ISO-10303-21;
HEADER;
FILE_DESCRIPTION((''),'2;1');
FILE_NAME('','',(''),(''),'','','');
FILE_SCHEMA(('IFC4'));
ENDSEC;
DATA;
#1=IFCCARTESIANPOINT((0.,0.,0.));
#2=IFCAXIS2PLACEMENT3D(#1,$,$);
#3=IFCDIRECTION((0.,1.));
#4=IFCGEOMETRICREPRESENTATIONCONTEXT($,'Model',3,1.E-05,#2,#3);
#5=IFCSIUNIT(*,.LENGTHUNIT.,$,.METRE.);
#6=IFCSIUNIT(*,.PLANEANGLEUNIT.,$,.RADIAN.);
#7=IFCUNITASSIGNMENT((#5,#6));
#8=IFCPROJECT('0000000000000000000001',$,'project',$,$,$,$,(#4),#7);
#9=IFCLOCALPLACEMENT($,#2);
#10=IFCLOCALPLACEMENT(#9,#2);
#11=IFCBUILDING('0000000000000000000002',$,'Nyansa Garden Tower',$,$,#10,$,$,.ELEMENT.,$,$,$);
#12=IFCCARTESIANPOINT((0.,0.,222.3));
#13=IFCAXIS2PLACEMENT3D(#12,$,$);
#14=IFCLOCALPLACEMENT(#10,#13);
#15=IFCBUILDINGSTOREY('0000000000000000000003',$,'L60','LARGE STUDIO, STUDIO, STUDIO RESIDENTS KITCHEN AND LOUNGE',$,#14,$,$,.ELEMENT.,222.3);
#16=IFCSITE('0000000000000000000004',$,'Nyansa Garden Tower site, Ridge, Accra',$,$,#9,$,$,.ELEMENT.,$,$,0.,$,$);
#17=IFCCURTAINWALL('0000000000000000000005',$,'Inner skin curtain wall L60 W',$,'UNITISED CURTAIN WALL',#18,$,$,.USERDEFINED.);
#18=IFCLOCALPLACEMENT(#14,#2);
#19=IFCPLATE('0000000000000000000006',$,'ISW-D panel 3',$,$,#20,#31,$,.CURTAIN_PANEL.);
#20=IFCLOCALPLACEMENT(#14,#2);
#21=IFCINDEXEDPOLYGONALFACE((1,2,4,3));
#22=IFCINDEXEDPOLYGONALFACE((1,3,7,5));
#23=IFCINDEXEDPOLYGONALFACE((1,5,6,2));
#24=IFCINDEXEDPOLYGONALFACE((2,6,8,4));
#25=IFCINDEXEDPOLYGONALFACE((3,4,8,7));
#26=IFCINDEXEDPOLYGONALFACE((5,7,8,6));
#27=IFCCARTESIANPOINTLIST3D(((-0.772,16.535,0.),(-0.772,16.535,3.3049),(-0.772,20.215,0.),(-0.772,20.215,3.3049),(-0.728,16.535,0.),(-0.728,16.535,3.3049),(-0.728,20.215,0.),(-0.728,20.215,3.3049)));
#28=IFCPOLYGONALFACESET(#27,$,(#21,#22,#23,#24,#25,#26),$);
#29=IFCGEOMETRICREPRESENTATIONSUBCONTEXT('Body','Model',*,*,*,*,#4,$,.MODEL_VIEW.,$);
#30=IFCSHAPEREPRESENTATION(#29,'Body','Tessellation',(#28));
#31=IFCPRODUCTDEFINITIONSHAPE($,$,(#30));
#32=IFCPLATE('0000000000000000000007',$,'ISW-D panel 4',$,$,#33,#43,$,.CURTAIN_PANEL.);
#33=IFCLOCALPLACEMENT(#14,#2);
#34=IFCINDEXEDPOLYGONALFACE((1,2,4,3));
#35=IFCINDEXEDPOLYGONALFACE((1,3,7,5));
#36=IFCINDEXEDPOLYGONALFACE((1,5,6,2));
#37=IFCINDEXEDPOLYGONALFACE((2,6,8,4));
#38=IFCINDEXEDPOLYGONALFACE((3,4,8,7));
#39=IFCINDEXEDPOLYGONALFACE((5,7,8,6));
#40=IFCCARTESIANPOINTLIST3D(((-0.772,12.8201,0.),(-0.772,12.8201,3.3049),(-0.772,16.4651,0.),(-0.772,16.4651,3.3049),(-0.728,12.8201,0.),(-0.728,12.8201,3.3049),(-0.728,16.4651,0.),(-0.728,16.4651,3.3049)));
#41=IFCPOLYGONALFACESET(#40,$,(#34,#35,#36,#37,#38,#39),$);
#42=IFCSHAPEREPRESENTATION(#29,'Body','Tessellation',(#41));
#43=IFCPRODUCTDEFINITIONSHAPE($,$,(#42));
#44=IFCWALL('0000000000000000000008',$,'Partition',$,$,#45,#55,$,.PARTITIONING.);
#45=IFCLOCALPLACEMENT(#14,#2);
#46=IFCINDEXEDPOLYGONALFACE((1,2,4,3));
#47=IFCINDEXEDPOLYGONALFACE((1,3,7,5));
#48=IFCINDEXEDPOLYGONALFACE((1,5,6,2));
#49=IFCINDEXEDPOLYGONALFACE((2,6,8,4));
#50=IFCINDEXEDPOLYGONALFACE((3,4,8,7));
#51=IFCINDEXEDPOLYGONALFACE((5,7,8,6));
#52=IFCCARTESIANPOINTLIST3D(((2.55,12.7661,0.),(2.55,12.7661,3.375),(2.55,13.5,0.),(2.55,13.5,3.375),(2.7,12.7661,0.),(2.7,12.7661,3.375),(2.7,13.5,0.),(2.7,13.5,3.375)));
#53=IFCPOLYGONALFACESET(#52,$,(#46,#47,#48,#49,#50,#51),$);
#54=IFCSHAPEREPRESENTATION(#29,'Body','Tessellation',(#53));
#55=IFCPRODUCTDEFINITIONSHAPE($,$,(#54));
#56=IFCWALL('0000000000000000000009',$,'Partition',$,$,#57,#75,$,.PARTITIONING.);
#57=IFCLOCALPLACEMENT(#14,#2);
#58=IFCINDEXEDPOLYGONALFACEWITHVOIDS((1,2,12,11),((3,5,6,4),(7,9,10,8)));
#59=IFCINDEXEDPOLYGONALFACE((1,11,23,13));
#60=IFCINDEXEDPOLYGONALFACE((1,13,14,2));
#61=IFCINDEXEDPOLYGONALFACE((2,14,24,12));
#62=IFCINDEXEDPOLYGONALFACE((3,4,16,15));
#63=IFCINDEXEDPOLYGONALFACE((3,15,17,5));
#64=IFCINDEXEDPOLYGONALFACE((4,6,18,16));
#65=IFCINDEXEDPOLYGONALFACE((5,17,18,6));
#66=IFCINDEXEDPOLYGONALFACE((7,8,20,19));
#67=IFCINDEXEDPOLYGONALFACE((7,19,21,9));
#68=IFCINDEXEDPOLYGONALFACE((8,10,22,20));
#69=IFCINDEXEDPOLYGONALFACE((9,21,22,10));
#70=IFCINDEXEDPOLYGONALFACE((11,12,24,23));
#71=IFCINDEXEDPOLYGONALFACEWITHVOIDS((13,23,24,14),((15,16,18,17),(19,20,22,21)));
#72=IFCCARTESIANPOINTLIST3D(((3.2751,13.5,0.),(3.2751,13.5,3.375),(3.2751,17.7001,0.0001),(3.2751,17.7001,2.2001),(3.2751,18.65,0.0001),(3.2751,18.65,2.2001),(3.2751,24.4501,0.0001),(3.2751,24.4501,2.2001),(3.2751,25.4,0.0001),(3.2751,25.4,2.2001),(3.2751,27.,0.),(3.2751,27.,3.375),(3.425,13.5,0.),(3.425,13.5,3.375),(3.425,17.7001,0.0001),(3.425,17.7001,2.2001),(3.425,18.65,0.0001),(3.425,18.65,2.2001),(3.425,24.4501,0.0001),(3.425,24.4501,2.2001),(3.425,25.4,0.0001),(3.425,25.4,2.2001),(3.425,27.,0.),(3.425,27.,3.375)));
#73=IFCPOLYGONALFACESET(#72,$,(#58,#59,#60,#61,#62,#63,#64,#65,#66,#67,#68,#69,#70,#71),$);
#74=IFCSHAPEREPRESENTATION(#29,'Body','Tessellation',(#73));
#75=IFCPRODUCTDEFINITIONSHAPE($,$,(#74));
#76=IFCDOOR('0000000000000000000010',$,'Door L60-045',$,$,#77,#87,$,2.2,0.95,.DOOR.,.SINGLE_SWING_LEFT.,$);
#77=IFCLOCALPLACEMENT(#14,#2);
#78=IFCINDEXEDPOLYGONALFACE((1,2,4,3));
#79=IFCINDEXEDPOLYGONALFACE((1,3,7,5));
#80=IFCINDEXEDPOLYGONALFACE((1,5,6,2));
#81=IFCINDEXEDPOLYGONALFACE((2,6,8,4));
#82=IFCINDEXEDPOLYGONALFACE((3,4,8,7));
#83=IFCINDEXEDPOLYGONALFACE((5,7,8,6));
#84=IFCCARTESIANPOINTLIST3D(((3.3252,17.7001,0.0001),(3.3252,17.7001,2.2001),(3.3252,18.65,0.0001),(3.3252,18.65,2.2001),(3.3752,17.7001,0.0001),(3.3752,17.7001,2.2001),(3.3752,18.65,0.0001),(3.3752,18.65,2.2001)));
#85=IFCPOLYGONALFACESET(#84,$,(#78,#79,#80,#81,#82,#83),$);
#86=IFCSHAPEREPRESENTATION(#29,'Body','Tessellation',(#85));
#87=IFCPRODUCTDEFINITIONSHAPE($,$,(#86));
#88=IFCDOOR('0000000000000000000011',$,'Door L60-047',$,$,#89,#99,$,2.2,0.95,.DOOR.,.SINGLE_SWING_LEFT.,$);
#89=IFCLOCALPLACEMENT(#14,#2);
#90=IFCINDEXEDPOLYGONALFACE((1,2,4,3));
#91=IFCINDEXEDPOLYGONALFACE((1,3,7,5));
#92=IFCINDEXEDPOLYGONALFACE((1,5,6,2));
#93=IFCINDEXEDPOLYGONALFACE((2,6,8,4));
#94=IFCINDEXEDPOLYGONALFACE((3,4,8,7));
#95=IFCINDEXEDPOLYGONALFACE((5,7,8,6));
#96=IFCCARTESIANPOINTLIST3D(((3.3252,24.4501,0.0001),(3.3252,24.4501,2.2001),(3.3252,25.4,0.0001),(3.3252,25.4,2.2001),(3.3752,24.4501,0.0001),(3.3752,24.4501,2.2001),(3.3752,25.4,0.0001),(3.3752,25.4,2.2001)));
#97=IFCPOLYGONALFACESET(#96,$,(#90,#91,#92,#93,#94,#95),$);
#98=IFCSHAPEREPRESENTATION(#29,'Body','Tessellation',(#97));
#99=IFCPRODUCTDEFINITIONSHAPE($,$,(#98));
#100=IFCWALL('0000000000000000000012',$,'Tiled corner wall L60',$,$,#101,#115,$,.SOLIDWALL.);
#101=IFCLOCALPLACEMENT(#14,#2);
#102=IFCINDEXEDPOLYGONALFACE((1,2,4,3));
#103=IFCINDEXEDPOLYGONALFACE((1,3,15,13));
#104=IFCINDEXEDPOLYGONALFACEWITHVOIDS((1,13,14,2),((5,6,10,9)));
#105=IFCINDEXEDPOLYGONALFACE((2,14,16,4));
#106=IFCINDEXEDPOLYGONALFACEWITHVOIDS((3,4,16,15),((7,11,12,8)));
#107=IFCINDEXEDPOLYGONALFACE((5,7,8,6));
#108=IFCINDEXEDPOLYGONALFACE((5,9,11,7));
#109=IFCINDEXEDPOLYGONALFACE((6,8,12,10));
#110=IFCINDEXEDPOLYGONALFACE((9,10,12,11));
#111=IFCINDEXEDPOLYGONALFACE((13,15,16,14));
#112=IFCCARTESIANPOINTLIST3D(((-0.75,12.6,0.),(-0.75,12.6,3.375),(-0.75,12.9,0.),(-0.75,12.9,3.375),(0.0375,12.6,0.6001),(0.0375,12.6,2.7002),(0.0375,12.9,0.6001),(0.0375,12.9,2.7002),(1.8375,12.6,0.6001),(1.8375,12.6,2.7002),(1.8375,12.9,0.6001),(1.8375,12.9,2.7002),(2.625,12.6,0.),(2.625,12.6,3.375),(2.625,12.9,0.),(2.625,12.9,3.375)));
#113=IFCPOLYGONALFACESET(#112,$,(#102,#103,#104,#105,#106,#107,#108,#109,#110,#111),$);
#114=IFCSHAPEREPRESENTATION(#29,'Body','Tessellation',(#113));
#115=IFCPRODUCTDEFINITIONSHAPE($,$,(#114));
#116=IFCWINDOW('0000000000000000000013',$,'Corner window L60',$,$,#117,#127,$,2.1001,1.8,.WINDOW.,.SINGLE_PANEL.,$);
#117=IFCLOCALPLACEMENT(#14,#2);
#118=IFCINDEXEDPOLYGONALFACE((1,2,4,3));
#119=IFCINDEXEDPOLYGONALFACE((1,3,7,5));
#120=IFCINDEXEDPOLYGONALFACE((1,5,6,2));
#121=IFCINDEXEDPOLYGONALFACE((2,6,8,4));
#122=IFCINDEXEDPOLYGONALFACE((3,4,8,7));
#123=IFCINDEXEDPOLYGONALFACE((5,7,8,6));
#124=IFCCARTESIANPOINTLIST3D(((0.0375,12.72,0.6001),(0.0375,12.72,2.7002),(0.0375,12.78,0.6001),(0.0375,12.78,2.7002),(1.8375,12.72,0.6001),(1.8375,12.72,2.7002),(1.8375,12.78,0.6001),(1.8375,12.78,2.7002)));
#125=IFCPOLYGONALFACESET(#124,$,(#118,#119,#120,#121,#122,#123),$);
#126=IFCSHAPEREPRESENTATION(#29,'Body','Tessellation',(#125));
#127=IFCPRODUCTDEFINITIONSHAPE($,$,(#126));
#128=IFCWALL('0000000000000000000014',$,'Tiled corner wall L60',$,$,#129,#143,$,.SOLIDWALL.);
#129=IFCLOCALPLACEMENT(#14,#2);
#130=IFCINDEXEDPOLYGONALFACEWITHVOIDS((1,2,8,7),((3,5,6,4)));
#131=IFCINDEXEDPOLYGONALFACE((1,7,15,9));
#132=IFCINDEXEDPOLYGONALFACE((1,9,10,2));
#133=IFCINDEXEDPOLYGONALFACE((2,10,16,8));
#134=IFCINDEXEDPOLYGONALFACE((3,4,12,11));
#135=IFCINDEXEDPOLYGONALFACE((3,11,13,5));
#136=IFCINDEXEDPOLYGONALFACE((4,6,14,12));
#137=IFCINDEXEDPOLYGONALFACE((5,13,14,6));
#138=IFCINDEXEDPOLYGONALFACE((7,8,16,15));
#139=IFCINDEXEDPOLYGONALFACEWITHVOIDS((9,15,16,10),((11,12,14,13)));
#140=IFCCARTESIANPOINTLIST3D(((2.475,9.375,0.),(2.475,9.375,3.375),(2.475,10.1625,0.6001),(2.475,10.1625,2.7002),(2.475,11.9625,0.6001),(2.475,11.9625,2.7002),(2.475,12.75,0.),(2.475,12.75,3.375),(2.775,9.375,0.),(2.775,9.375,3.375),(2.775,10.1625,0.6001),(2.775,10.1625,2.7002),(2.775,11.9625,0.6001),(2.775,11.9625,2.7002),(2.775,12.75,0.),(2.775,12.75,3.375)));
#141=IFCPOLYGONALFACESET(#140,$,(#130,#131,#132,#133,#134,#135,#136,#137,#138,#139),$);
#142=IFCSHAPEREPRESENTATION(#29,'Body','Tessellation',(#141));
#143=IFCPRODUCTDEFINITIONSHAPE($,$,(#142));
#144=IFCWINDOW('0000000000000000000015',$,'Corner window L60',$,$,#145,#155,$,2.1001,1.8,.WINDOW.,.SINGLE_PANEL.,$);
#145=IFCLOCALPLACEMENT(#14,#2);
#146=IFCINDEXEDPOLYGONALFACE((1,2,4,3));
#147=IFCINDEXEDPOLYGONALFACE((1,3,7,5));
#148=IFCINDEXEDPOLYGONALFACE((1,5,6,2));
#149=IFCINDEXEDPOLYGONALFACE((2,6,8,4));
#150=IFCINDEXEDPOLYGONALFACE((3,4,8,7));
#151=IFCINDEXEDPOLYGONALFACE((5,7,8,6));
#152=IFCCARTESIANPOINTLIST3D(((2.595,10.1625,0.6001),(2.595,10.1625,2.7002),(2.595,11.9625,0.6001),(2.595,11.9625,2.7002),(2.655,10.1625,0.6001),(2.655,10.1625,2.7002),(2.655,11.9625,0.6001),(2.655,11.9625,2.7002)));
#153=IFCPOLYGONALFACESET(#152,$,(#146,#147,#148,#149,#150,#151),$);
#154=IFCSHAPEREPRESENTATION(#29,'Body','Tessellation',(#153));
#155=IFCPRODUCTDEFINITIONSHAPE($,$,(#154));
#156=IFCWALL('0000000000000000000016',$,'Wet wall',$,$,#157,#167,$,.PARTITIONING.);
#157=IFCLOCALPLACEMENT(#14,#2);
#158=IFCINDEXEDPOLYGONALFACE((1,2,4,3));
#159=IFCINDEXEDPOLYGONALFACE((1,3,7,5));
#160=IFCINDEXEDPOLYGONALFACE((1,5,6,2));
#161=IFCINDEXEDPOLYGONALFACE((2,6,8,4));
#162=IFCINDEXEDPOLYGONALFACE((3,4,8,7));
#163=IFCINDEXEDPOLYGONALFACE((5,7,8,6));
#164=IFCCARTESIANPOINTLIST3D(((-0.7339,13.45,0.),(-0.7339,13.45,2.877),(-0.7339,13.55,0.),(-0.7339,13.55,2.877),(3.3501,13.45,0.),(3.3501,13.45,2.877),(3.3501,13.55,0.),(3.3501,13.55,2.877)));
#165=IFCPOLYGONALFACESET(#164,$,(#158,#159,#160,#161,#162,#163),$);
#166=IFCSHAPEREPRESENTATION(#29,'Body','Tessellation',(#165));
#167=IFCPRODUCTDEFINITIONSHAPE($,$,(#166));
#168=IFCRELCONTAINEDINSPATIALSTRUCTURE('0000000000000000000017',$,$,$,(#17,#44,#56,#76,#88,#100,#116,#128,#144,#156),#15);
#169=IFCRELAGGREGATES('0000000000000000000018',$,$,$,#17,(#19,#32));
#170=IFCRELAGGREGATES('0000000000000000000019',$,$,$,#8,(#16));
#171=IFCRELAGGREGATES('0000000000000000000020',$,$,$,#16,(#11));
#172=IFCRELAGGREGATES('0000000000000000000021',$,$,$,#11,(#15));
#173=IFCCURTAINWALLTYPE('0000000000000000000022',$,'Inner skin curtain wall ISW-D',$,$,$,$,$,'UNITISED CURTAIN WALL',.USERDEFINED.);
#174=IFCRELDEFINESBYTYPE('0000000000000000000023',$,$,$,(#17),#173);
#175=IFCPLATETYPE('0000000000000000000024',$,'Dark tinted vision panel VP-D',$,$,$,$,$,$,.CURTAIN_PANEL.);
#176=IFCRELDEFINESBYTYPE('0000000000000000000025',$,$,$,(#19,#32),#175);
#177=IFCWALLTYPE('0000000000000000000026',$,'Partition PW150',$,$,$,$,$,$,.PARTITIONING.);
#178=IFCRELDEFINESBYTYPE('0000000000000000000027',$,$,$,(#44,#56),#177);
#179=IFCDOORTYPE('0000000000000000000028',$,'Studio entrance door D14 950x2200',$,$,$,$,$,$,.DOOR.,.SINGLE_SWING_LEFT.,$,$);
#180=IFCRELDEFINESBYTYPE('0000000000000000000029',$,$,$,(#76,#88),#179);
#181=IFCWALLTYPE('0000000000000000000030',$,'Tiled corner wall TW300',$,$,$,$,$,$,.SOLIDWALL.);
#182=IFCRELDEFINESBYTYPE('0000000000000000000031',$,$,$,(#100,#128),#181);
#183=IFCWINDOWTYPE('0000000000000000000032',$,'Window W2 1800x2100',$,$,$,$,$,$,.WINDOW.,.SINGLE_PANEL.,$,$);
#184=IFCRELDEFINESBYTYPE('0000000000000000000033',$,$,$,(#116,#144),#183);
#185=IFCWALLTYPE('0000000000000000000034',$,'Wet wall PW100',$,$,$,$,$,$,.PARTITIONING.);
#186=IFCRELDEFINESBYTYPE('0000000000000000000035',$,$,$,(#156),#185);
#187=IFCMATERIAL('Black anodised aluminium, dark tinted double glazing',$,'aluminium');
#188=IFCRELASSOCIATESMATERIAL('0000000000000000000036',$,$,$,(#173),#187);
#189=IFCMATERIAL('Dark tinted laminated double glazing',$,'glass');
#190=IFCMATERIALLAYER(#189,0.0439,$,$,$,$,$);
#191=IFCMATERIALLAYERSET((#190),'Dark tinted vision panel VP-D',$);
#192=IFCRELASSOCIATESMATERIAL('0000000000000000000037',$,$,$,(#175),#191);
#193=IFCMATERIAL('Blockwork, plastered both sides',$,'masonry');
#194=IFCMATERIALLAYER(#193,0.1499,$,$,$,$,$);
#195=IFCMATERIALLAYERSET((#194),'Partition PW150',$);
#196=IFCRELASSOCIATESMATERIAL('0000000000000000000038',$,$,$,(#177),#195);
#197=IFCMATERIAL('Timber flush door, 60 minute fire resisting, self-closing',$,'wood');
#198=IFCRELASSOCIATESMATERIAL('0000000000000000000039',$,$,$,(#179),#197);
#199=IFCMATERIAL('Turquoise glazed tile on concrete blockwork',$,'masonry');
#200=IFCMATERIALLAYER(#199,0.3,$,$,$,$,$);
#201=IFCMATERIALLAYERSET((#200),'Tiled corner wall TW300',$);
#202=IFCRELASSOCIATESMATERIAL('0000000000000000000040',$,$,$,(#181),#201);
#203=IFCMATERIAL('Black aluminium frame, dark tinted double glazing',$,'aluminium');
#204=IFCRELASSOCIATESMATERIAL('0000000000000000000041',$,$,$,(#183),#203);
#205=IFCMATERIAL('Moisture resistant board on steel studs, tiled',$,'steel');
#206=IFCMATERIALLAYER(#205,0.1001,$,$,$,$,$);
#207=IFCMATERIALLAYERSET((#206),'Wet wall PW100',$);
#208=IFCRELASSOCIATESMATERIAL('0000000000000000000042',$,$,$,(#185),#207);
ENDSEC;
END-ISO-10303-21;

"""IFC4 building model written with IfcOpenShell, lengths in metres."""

from ifc_helpers import new_model, si_unit, direction, frame, frame_2d, origin, origin_2d, place, context, subcontext, project, spatial, rectangle, extrude, material, layer, layer_set, type_object, element, fill, aggregate, save


model = new_model("IFC4")

# Units and contexts
model_context = context("Model", 3, precision=1e-05, world=origin(), true_north=direction((0.0, 1.0)))
body_context = subcontext(model_context, "Body", "Model", "MODEL_VIEW")
ifc_project = project(units=[si_unit("LENGTHUNIT", "METRE"), si_unit("PLANEANGLEUNIT", "RADIAN")], contexts=[model_context])

# Site, building, storey
site_placement = place(None, origin())
site = spatial("IfcSite", under=ifc_project, at=site_placement, Name="Nyansa Garden Tower site, Ridge, Accra", CompositionType="ELEMENT", RefElevation=0.0)
building_placement = place(site_placement, origin())
building = spatial("IfcBuilding", under=site, at=building_placement, Name="Nyansa Garden Tower", CompositionType="ELEMENT")
storey_placement = place(building_placement, frame((0.0, 0.0, 222.3)))
storey = spatial("IfcBuildingStorey", under=building, at=storey_placement, Name="L60", Description="LARGE STUDIO, STUDIO, STUDIO RESIDENTS KITCHEN AND LOUNGE", CompositionType="ELEMENT", Elevation=222.3)

# Curtain wall
ifc_material_1 = material(Name="Black anodised aluminium, dark tinted double glazing", Category="aluminium")
curtain_wall_type = type_object("IfcCurtainWallType", Name="Inner skin curtain wall ISW-D", ElementType="UNITISED CURTAIN WALL", PredefinedType="USERDEFINED", material=ifc_material_1)
curtain_wall_placement = place(storey_placement, origin())
curtain_wall = element("IfcCurtainWall", 1, at=curtain_wall_placement, inside=storey, type_object=curtain_wall_type, Name="Inner skin curtain wall L60 W", ObjectType="UNITISED CURTAIN WALL", PredefinedType="USERDEFINED")

# Plates
ifc_material_2 = material(Name="Dark tinted laminated double glazing", Category="glass")
ifc_layer_1 = layer(ifc_material_2, 0.0439)
ifc_layer_set_1 = layer_set([ifc_layer_1], Name="Dark tinted vision panel VP-D")
plate_type = type_object("IfcPlateType", Name="Dark tinted vision panel VP-D", PredefinedType="CURTAIN_PANEL", material=ifc_layer_set_1)
plate_1_placement = place(storey_placement, frame((-0.75, 18.375, 0.0), z_axis=(0.0, 0.0, 1.0), x_axis=(0.0, -1.0, 0.0)))
plate_1 = element("IfcPlate", 2, at=plate_1_placement, type_object=plate_type, Name="ISW-D panel 3", PredefinedType="CURTAIN_PANEL", context=body_context, shape_type="SweptSolid", body=[
    extrude(rectangle(XDim=3.6799, YDim=0.0439, at=origin_2d()), origin(), (0.0, 0.0, 1.0), 3.3049),
])
plate_2_placement = place(storey_placement, frame((-0.75, 14.6426, 0.0), z_axis=(0.0, 0.0, 1.0), x_axis=(0.0, -1.0, 0.0)))
plate_2 = element("IfcPlate", 3, at=plate_2_placement, type_object=plate_type, Name="ISW-D panel 4", PredefinedType="CURTAIN_PANEL", context=body_context, shape_type="SweptSolid", body=[
    extrude(rectangle(XDim=3.645, YDim=0.0439, at=origin_2d()), origin(), (0.0, 0.0, 1.0), 3.3049),
])
aggregate(curtain_wall, [plate_1, plate_2])

# Wall
ifc_material_3 = material(Name="Blockwork, plastered both sides", Category="masonry")
ifc_layer_2 = layer(ifc_material_3, 0.1499)
ifc_layer_set_2 = layer_set([ifc_layer_2], Name="Partition PW150")
wall_type_1 = type_object("IfcWallType", Name="Partition PW150", PredefinedType="PARTITIONING", material=ifc_layer_set_2)
wall_1_placement = place(storey_placement, frame((2.625, 12.7661, 0.0), z_axis=(0.0, 0.0, 1.0), x_axis=(0.0, 1.0, 0.0)))
element("IfcWall", 4, at=wall_1_placement, inside=storey, type_object=wall_type_1, Name="Partition", PredefinedType="PARTITIONING", context=body_context, shape_type="SweptSolid", body=[
    extrude(rectangle(XDim=0.7339, YDim=0.1499, at=frame_2d((0.3669, 0.0))), origin(), (0.0, 0.0, 1.0), 3.375),
])

# Wall, openings, doors
wall_2_placement = place(storey_placement, frame((3.3501, 13.5, 0.0), z_axis=(0.0, 0.0, 1.0), x_axis=(0.0, 1.0, 0.0)))
wall_2 = element("IfcWall", 5, at=wall_2_placement, inside=storey, type_object=wall_type_1, Name="Partition", PredefinedType="PARTITIONING", context=body_context, shape_type="SweptSolid", body=[
    extrude(rectangle(XDim=13.5, YDim=0.1499, at=frame_2d((6.75, 0.0))), origin(), (0.0, 0.0, 1.0), 3.375),
])
opening_1_placement = place(wall_2_placement, frame((4.2, 0.0, 0.0)))
opening_1 = element("IfcOpeningElement", 6, at=opening_1_placement, cuts=wall_2, PredefinedType="OPENING", context=body_context, shape_type="SweptSolid", body=[
    extrude(rectangle(XDim=0.95, YDim=2.2, at=frame_2d((0.4751, 1.1001))), frame((0.0, 0.085, 0.0), z_axis=(0.0, -1.0, 0.0), x_axis=(1.0, 0.0, 0.0)), (0.0, 0.0, 1.0), 0.1699),
])
opening_2_placement = place(wall_2_placement, frame((10.95, 0.0, 0.0)))
opening_2 = element("IfcOpeningElement", 7, at=opening_2_placement, cuts=wall_2, PredefinedType="OPENING", context=body_context, shape_type="SweptSolid", body=[
    extrude(rectangle(XDim=0.95, YDim=2.2, at=frame_2d((0.4751, 1.1001))), frame((0.0, 0.085, 0.0), z_axis=(0.0, -1.0, 0.0), x_axis=(1.0, 0.0, 0.0)), (0.0, 0.0, 1.0), 0.1699),
])
ifc_material_4 = material(Name="Timber flush door, 60 minute fire resisting, self-closing", Category="wood")
door_type_1 = type_object("IfcDoorType", Name="Studio entrance door D14 950x2200", OperationType="SINGLE_SWING_LEFT", PredefinedType="DOOR", material=ifc_material_4)
door_1_placement = place(opening_1_placement, origin())
door_1 = element("IfcDoor", 8, at=door_1_placement, inside=storey, type_object=door_type_1, Name="Door L60-045", OperationType="SINGLE_SWING_LEFT", OverallHeight=2.2, OverallWidth=0.95, PredefinedType="DOOR", context=body_context, shape_type="SweptSolid", body=[
    extrude(rectangle(XDim=0.95, YDim=2.2, at=frame_2d((0.4751, 1.1001))), frame((0.0, 0.0249, 0.0), z_axis=(0.0, -1.0, 0.0), x_axis=(1.0, 0.0, 0.0)), (0.0, 0.0, 1.0), 0.05),
])
fill(opening_1, door_1)
door_2_placement = place(opening_2_placement, origin())
door_2 = element("IfcDoor", 9, at=door_2_placement, inside=storey, type_object=door_type_1, Name="Door L60-047", OperationType="SINGLE_SWING_LEFT", OverallHeight=2.2, OverallWidth=0.95, PredefinedType="DOOR", context=body_context, shape_type="SweptSolid", body=[
    extrude(rectangle(XDim=0.95, YDim=2.2, at=frame_2d((0.4751, 1.1001))), frame((0.0, 0.0249, 0.0), z_axis=(0.0, -1.0, 0.0), x_axis=(1.0, 0.0, 0.0)), (0.0, 0.0, 1.0), 0.05),
])
fill(opening_2, door_2)

# Walls, openings, windows
ifc_material_5 = material(Name="Turquoise glazed tile on concrete blockwork", Category="masonry")
ifc_layer_3 = layer(ifc_material_5, 0.3)
ifc_layer_set_3 = layer_set([ifc_layer_3], Name="Tiled corner wall TW300")
wall_type_2 = type_object("IfcWallType", Name="Tiled corner wall TW300", PredefinedType="SOLIDWALL", material=ifc_layer_set_3)
wall_3_placement = place(storey_placement, frame((-0.75, 12.75, 0.0), z_axis=(0.0, 0.0, 1.0), x_axis=(1.0, 0.0, 0.0)))
wall_3 = element("IfcWall", 10, at=wall_3_placement, inside=storey, type_object=wall_type_2, Name="Tiled corner wall L60", PredefinedType="SOLIDWALL", context=body_context, shape_type="SweptSolid", body=[
    extrude(rectangle(XDim=3.375, YDim=0.3, at=frame_2d((1.6875, 0.0))), origin(), (0.0, 0.0, 1.0), 3.375),
])
opening_3_placement = place(wall_3_placement, frame((0.7876, 0.0, 0.6001)))
opening_3 = element("IfcOpeningElement", 11, at=opening_3_placement, cuts=wall_3, PredefinedType="OPENING", context=body_context, shape_type="SweptSolid", body=[
    extrude(rectangle(XDim=1.8, YDim=2.1001, at=frame_2d((0.8999, 1.05))), frame((0.0, 0.1599, 0.0), z_axis=(0.0, -1.0, 0.0), x_axis=(1.0, 0.0, 0.0)), (0.0, 0.0, 1.0), 0.3201),
])
ifc_material_6 = material(Name="Black aluminium frame, dark tinted double glazing", Category="aluminium")
window_type = type_object("IfcWindowType", Name="Window W2 1800x2100", PartitioningType="SINGLE_PANEL", PredefinedType="WINDOW", material=ifc_material_6)
window_1_placement = place(opening_3_placement, origin())
window_1 = element("IfcWindow", 12, at=window_1_placement, inside=storey, type_object=window_type, Name="Corner window L60", OverallHeight=2.1001, OverallWidth=1.8, PartitioningType="SINGLE_PANEL", PredefinedType="WINDOW", context=body_context, shape_type="SweptSolid", body=[
    extrude(rectangle(XDim=1.8, YDim=2.1001, at=frame_2d((0.8999, 1.05))), frame((0.0, 0.03, 0.0), z_axis=(0.0, -1.0, 0.0), x_axis=(1.0, 0.0, 0.0)), (0.0, 0.0, 1.0), 0.0601),
])
fill(opening_3, window_1)
wall_4_placement = place(storey_placement, frame((2.625, 12.75, 0.0), z_axis=(0.0, 0.0, 1.0), x_axis=(0.0, -1.0, 0.0)))
wall_4 = element("IfcWall", 13, at=wall_4_placement, inside=storey, type_object=wall_type_2, Name="Tiled corner wall L60", PredefinedType="SOLIDWALL", context=body_context, shape_type="SweptSolid", body=[
    extrude(rectangle(XDim=3.375, YDim=0.3, at=frame_2d((1.6875, 0.0))), origin(), (0.0, 0.0, 1.0), 3.375),
])
opening_4_placement = place(wall_4_placement, frame((0.7876, 0.0, 0.6001)))
opening_4 = element("IfcOpeningElement", 14, at=opening_4_placement, cuts=wall_4, PredefinedType="OPENING", context=body_context, shape_type="SweptSolid", body=[
    extrude(rectangle(XDim=1.8, YDim=2.1001, at=frame_2d((0.8999, 1.05))), frame((0.0, 0.1599, 0.0), z_axis=(0.0, -1.0, 0.0), x_axis=(1.0, 0.0, 0.0)), (0.0, 0.0, 1.0), 0.3201),
])
window_2_placement = place(opening_4_placement, origin())
window_2 = element("IfcWindow", 15, at=window_2_placement, inside=storey, type_object=window_type, Name="Corner window L60", OverallHeight=2.1001, OverallWidth=1.8, PartitioningType="SINGLE_PANEL", PredefinedType="WINDOW", context=body_context, shape_type="SweptSolid", body=[
    extrude(rectangle(XDim=1.8, YDim=2.1001, at=frame_2d((0.8999, 1.05))), frame((0.0, 0.03, 0.0), z_axis=(0.0, -1.0, 0.0), x_axis=(1.0, 0.0, 0.0)), (0.0, 0.0, 1.0), 0.0601),
])
fill(opening_4, window_2)

# Wall
ifc_material_7 = material(Name="Moisture resistant board on steel studs, tiled", Category="steel")
ifc_layer_4 = layer(ifc_material_7, 0.1001)
ifc_layer_set_4 = layer_set([ifc_layer_4], Name="Wet wall PW100")
wall_type_3 = type_object("IfcWallType", Name="Wet wall PW100", PredefinedType="PARTITIONING", material=ifc_layer_set_4)
wall_5_placement = place(storey_placement, frame((-0.7339, 13.5, 0.0), z_axis=(0.0, 0.0, 1.0), x_axis=(1.0, 0.0, 0.0)))
element("IfcWall", 16, at=wall_5_placement, inside=storey, type_object=wall_type_3, Name="Wet wall", PredefinedType="PARTITIONING", context=body_context, shape_type="SweptSolid", body=[
    extrude(rectangle(XDim=4.084, YDim=0.1001, at=frame_2d((2.042, 0.0))), origin(), (0.0, 0.0, 1.0), 2.877),
])

save(model, "model.ifc")
